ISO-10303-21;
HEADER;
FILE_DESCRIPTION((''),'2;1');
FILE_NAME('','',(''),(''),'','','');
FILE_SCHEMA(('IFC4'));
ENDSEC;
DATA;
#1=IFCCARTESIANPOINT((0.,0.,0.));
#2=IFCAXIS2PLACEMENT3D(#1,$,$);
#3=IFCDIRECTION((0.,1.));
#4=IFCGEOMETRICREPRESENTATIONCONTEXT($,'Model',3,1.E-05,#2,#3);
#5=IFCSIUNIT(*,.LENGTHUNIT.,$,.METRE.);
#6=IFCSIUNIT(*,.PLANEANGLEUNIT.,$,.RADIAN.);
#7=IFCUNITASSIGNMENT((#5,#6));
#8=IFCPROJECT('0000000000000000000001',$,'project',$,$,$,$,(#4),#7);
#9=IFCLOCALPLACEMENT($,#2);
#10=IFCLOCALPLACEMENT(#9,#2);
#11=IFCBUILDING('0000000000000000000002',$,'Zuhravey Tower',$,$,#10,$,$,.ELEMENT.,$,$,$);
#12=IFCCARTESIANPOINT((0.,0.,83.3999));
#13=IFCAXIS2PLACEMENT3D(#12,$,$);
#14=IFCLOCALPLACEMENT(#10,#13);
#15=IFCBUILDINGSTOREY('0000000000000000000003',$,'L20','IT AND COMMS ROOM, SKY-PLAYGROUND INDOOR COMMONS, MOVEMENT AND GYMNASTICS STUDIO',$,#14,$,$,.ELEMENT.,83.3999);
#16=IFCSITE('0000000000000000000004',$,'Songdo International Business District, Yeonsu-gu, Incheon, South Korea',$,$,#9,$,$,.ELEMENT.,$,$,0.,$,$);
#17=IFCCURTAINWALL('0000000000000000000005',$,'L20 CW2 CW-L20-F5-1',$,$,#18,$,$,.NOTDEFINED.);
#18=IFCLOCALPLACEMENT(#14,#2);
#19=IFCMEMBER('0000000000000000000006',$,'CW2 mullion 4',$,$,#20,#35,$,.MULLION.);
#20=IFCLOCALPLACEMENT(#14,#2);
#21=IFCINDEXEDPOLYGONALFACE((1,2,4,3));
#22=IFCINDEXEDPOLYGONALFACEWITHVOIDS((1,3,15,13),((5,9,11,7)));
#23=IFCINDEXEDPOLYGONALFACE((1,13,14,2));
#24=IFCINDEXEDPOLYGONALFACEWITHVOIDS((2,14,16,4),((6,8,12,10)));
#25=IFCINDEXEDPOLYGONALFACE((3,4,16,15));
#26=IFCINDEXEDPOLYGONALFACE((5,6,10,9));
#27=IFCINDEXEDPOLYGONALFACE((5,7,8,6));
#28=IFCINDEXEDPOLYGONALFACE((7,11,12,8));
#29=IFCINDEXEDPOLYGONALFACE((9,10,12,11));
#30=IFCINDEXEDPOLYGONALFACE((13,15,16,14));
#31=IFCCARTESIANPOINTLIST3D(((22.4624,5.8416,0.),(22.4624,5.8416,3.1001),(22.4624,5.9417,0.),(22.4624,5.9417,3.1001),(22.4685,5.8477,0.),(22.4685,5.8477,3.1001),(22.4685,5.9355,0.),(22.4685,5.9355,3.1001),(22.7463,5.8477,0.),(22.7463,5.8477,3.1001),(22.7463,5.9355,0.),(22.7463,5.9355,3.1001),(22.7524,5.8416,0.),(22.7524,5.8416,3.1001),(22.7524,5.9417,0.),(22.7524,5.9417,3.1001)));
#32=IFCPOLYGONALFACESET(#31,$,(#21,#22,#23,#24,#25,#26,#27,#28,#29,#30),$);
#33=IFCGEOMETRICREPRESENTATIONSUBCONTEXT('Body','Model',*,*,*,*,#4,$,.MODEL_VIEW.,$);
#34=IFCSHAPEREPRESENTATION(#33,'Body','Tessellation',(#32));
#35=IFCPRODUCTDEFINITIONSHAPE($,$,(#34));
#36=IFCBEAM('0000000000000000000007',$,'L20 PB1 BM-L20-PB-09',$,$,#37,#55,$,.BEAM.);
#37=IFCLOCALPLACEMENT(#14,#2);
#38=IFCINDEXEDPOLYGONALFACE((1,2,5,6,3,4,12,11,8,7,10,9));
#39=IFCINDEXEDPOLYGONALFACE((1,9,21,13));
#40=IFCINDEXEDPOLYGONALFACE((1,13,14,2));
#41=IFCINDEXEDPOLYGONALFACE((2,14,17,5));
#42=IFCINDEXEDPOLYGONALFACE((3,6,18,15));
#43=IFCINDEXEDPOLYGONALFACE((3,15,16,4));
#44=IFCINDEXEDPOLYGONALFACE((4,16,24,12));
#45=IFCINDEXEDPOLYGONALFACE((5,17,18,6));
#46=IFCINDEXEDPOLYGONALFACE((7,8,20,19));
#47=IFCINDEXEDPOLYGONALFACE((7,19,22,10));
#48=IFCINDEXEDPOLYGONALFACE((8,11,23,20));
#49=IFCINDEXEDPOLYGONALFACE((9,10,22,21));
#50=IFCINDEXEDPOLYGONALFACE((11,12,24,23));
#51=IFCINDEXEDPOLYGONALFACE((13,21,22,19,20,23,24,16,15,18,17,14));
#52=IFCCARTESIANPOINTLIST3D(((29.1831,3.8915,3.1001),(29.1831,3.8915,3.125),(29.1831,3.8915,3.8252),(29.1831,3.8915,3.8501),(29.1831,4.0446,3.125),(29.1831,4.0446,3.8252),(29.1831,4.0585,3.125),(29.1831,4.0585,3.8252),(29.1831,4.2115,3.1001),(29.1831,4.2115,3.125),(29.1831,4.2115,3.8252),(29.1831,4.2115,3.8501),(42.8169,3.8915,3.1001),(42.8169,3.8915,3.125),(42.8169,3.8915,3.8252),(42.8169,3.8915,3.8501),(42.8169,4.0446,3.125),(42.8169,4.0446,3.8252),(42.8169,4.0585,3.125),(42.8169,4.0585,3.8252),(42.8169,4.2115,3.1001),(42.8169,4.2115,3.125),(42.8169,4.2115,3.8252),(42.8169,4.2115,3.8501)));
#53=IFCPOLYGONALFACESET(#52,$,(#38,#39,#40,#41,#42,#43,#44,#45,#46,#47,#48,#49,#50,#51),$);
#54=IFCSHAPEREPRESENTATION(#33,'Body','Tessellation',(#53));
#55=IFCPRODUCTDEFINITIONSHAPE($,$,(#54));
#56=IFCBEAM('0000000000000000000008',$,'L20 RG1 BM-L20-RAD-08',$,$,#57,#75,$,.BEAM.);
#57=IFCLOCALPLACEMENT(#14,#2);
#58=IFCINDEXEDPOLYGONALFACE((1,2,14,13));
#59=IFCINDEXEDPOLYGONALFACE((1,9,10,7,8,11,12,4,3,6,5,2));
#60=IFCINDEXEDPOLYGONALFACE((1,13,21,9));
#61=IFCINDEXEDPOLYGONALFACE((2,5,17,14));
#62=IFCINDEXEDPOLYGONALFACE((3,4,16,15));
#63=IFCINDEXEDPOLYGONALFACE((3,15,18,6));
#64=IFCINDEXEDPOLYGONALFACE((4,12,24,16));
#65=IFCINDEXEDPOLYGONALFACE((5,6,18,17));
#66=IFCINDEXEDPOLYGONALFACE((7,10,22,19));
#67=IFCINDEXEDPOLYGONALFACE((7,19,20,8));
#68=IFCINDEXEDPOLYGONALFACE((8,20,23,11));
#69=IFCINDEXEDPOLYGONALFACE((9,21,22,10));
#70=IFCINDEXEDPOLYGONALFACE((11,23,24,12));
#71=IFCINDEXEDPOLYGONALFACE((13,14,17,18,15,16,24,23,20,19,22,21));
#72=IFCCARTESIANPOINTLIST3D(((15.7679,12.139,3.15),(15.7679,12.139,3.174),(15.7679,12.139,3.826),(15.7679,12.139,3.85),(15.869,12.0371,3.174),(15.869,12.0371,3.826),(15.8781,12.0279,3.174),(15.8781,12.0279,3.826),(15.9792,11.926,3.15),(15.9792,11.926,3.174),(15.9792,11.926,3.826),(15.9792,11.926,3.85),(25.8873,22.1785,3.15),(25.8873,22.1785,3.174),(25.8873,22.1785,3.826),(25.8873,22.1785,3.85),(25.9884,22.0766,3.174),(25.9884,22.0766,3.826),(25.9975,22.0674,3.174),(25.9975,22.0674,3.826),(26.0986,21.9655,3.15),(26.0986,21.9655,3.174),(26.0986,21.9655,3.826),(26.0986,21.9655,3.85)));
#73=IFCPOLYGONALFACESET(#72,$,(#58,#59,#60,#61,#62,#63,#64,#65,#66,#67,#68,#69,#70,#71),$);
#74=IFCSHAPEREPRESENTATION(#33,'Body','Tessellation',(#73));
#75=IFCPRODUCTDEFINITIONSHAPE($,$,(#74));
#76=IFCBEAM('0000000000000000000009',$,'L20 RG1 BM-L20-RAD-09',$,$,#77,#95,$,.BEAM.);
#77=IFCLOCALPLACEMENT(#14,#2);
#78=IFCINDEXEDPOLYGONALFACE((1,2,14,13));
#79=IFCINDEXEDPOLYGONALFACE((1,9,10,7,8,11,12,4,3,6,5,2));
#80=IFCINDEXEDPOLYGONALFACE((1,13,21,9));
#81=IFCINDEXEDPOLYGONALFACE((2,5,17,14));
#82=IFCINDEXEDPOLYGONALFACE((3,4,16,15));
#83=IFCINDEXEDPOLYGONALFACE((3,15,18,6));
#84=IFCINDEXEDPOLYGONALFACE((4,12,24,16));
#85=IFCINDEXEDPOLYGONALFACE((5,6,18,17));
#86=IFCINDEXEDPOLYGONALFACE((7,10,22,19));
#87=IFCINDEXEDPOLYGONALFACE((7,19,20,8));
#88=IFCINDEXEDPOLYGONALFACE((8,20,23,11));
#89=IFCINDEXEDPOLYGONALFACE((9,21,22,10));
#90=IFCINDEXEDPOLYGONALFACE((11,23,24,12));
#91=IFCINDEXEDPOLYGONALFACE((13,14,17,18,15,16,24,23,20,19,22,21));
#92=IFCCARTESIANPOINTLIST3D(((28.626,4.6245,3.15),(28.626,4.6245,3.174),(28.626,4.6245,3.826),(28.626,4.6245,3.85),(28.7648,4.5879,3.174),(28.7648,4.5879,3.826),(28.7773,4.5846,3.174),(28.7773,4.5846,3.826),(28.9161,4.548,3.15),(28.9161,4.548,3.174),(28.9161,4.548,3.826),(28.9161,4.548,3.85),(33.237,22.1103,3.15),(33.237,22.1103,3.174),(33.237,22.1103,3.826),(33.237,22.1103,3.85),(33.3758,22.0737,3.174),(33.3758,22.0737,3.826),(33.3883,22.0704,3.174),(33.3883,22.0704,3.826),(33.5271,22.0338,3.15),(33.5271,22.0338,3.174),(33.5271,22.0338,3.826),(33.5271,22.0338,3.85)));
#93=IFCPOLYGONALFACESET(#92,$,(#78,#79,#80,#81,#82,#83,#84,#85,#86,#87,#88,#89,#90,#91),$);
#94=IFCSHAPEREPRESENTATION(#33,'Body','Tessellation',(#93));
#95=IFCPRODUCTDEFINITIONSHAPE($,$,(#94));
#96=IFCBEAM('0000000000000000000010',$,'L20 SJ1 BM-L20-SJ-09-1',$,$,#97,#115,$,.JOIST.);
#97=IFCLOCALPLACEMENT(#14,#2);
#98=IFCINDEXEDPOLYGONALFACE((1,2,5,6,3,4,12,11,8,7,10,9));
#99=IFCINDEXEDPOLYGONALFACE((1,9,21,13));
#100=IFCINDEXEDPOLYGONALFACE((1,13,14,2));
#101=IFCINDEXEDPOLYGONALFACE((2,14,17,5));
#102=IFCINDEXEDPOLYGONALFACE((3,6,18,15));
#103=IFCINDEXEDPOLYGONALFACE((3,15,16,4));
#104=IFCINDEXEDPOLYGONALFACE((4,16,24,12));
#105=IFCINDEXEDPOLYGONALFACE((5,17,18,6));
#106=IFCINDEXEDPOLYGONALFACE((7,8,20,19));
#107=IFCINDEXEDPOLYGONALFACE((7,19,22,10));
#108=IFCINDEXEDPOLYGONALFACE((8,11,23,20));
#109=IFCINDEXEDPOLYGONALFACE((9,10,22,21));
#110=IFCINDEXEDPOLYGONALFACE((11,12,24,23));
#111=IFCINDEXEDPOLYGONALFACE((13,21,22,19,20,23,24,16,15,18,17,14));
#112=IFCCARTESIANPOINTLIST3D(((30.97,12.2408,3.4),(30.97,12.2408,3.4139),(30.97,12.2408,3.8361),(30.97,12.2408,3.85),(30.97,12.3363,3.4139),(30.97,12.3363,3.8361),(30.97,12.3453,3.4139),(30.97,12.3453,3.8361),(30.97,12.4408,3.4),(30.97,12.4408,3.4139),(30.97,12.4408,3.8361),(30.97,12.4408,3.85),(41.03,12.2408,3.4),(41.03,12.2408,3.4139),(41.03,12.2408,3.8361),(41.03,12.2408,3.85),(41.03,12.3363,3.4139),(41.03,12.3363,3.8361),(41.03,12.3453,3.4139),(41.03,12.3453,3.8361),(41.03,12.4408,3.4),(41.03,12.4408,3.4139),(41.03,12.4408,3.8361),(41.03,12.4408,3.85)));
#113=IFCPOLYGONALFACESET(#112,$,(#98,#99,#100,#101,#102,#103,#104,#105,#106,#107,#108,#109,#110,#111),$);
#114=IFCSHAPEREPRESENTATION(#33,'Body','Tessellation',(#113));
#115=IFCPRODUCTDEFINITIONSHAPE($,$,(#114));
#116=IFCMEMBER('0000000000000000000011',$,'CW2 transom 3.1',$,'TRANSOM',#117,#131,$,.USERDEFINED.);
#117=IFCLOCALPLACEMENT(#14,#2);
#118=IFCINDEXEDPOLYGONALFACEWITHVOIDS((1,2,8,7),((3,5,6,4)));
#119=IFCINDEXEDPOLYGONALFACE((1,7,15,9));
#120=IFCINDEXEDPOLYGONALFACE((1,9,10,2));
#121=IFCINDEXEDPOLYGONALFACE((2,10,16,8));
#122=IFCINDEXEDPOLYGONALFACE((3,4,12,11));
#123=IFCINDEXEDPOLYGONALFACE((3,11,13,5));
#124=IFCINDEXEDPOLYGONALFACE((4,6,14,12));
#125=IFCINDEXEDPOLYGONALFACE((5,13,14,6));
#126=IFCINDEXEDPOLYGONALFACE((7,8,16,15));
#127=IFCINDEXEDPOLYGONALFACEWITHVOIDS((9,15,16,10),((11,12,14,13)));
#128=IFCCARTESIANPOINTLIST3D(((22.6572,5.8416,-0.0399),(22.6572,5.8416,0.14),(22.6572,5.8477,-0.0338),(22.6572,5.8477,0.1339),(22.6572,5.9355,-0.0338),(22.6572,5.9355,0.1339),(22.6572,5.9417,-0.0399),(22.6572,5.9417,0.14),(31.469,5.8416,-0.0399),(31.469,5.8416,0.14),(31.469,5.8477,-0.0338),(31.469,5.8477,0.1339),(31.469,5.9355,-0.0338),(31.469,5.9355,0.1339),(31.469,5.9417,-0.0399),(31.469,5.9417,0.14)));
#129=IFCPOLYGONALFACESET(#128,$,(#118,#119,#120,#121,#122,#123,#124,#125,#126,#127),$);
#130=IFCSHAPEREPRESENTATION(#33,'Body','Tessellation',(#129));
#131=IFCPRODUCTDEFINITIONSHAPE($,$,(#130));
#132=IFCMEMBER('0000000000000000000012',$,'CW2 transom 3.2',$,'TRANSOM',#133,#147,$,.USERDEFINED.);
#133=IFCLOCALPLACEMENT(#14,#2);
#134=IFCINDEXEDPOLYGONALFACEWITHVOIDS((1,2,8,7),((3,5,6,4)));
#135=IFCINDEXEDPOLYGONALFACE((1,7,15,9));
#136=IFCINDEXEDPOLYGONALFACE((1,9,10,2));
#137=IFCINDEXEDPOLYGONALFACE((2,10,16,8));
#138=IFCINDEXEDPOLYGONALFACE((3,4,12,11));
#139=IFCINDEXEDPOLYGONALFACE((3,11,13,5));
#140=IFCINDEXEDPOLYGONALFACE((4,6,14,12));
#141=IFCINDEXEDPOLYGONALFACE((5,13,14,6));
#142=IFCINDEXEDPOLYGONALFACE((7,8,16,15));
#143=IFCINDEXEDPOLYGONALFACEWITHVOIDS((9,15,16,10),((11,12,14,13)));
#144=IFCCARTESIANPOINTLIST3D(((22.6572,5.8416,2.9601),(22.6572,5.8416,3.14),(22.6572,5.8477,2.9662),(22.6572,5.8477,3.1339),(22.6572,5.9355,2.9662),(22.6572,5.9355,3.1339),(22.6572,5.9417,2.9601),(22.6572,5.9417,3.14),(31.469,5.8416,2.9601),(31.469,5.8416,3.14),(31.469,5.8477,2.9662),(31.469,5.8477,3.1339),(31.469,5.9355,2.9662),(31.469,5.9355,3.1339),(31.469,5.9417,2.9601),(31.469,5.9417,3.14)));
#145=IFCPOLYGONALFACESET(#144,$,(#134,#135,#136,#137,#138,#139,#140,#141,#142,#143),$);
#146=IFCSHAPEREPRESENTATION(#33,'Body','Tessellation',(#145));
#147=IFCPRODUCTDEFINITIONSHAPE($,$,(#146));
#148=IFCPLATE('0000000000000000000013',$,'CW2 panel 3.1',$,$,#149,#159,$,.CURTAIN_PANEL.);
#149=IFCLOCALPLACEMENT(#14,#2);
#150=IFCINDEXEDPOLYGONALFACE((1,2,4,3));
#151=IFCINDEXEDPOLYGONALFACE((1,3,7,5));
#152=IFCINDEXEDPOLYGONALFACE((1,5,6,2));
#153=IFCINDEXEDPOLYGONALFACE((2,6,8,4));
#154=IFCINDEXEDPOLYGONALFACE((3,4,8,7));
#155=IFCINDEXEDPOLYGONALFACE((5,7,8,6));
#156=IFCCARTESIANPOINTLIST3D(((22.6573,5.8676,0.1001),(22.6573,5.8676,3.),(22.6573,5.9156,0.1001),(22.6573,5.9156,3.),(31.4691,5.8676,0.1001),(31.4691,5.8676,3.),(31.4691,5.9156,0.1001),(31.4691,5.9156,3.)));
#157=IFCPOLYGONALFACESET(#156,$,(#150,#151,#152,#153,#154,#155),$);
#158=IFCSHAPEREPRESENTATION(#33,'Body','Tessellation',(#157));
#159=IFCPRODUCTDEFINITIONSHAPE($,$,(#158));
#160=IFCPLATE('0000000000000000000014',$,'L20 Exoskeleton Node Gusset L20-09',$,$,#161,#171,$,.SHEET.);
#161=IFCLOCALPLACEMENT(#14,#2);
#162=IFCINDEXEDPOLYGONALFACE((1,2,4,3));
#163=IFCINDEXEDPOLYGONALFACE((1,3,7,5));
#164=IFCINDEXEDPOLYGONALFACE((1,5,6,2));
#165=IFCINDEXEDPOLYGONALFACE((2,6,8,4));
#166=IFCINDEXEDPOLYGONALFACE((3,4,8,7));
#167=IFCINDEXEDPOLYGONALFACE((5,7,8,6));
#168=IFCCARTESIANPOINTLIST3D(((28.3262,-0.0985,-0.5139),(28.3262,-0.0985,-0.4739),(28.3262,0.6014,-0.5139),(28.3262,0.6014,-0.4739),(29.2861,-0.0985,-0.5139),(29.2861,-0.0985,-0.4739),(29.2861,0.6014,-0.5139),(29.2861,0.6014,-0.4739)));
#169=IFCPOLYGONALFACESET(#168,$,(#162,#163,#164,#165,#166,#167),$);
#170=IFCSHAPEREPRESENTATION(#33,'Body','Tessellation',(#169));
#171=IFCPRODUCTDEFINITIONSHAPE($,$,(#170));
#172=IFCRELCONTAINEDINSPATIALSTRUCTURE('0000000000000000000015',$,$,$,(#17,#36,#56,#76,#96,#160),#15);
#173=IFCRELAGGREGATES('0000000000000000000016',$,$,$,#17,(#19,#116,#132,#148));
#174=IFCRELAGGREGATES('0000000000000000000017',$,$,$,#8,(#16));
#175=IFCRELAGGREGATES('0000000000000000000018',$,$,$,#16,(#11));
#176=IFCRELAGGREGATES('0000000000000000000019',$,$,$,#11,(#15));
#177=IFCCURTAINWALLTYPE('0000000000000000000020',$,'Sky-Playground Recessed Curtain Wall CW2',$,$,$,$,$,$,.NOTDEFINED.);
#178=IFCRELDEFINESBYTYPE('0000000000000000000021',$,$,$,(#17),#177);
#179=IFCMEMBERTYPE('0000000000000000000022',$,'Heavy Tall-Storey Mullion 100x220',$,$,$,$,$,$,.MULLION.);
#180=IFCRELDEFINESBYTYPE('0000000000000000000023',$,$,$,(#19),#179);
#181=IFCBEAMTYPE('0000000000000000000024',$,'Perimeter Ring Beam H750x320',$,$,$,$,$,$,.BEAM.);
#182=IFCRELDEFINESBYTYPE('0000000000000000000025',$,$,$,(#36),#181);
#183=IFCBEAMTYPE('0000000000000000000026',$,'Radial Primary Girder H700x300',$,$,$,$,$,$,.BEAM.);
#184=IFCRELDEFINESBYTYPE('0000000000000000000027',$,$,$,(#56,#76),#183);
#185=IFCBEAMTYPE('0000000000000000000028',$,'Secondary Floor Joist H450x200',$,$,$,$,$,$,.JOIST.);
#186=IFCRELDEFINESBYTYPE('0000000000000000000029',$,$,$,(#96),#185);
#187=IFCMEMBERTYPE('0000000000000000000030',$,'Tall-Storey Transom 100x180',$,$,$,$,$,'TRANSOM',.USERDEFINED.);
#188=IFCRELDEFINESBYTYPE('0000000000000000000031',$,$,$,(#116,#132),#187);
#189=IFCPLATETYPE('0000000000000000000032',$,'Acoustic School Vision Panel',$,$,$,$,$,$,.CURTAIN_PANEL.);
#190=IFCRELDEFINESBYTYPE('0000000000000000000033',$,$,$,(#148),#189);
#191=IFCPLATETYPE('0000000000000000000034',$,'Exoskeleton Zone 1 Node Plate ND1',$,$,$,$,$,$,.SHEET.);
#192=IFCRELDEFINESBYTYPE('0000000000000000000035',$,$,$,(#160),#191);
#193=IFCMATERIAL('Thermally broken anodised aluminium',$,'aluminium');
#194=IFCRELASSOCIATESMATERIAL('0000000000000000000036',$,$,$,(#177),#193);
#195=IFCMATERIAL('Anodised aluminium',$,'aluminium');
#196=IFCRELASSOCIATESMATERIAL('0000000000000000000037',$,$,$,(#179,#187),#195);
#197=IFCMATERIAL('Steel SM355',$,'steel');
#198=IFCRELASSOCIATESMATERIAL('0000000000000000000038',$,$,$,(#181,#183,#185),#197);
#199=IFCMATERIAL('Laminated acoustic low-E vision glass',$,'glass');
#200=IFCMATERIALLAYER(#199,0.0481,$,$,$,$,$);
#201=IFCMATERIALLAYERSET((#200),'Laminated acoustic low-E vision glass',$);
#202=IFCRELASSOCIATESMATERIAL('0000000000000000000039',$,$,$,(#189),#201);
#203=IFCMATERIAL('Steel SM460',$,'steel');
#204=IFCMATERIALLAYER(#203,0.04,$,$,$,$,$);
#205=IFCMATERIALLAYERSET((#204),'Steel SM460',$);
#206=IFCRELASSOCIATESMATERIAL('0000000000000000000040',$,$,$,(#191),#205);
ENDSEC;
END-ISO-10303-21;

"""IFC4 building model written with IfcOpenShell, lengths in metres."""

from ifc_helpers import new_model, si_unit, direction, frame, origin, origin_2d, place, context, subcontext, project, spatial, rectangle, hollow_rectangle, i_section, extrude, material, layer, layer_set, material_profile, profile_set, type_object, element, aggregate, save


model = new_model("IFC4")

# Units and contexts
model_context = context("Model", 3, precision=1e-05, world=origin(), true_north=direction((0.0, 1.0)))
body_context = subcontext(model_context, "Body", "Model", "MODEL_VIEW")
ifc_project = project(units=[si_unit("LENGTHUNIT", "METRE"), si_unit("PLANEANGLEUNIT", "RADIAN")], contexts=[model_context])

# Site, building, storey
site_placement = place(None, origin())
site = spatial("IfcSite", under=ifc_project, at=site_placement, Name="Songdo International Business District, Yeonsu-gu, Incheon, South Korea", CompositionType="ELEMENT", RefElevation=0.0)
building_placement = place(site_placement, origin())
building = spatial("IfcBuilding", under=site, at=building_placement, Name="Zuhravey Tower", CompositionType="ELEMENT")
storey_placement = place(building_placement, frame((0.0, 0.0, 83.3999)))
storey = spatial("IfcBuildingStorey", under=building, at=storey_placement, Name="L20", Description="IT AND COMMS ROOM, SKY-PLAYGROUND INDOOR COMMONS, MOVEMENT AND GYMNASTICS STUDIO", CompositionType="ELEMENT", Elevation=83.3999)

# Shared definitions
ifc_material_1 = material(Name="Steel SM460", Category="steel")

# Curtain wall, member
ifc_material_2 = material(Name="Thermally broken anodised aluminium", Category="aluminium")
curtain_wall_type = type_object("IfcCurtainWallType", Name="Sky-Playground Recessed Curtain Wall CW2", PredefinedType="NOTDEFINED", material=ifc_material_2)
curtain_wall_placement = place(storey_placement, origin())
curtain_wall = element("IfcCurtainWall", 1, at=curtain_wall_placement, inside=storey, type_object=curtain_wall_type, Name="L20 CW2 CW-L20-F5-1", PredefinedType="NOTDEFINED")
ifc_material_3 = material(Name="Anodised aluminium", Category="aluminium")
ifc_material_profile_1 = material_profile(ifc_material_3, hollow_rectangle(XDim=0.1001, YDim=0.29, WallThickness=0.0061, at=origin_2d()), Name="ALU-RHS-100x290x6")
ifc_profile_set_1 = profile_set([ifc_material_profile_1], Name="Anodised aluminium")
member_type_1 = type_object("IfcMemberType", Name="Heavy Tall-Storey Mullion 100x220", PredefinedType="MULLION", material=ifc_profile_set_1)
member_1_placement = place(storey_placement, frame((22.6074, 5.8916, 0.0), z_axis=(0.0, 0.0, 1.0), x_axis=(0.0, -1.0, 0.0)))
member_1 = element("IfcMember", 2, at=member_1_placement, type_object=member_type_1, Name="CW2 mullion 4", PredefinedType="MULLION", context=body_context, shape_type="SweptSolid", body=[
    extrude(hollow_rectangle(XDim=0.1001, YDim=0.29, WallThickness=0.0061, at=origin_2d()), origin(), (0.0, 0.0, 1.0), 3.1001),
])

# Beams
ifc_material_4 = material(Name="Steel SM355", Category="steel")
ifc_material_profile_2 = material_profile(ifc_material_4, i_section(OverallWidth=0.3201, OverallDepth=0.75, WebThickness=0.0139, FlangeThickness=0.0249, at=origin_2d()), Name="H-750x320x14x25")
ifc_profile_set_2 = profile_set([ifc_material_profile_2], Name="Steel SM355")
beam_type_1 = type_object("IfcBeamType", Name="Perimeter Ring Beam H750x320", PredefinedType="BEAM", material=ifc_profile_set_2)
beam_1_placement = place(storey_placement, frame((29.1831, 4.0515, 3.4751), z_axis=(1.0, 0.0, 0.0), x_axis=(0.0, 1.0, 0.0)))
element("IfcBeam", 3, at=beam_1_placement, inside=storey, type_object=beam_type_1, Name="L20 PB1 BM-L20-PB-09", PredefinedType="BEAM", context=body_context, shape_type="SweptSolid", body=[
    extrude(i_section(OverallWidth=0.3201, OverallDepth=0.75, WebThickness=0.0139, FlangeThickness=0.0249, at=origin_2d()), origin(), (0.0, 0.0, 1.0), 13.6338),
])
ifc_material_profile_3 = material_profile(ifc_material_4, i_section(OverallWidth=0.3, OverallDepth=0.7, WebThickness=0.0129, FlangeThickness=0.0239, at=origin_2d()), Name="H-700x300x13x24")
ifc_profile_set_3 = profile_set([ifc_material_profile_3], Name="Steel SM355")
beam_type_2 = type_object("IfcBeamType", Name="Radial Primary Girder H700x300", PredefinedType="BEAM", material=ifc_profile_set_3)
beam_2_placement = place(storey_placement, frame((25.9929, 22.072, 3.5), z_axis=(-0.709902, -0.704301, 0.0), x_axis=(0.704301, -0.709902, 0.0)))
element("IfcBeam", 4, at=beam_2_placement, inside=storey, type_object=beam_type_2, Name="L20 RG1 BM-L20-RAD-08", PredefinedType="BEAM", context=body_context, shape_type="SweptSolid", body=[
    extrude(i_section(OverallWidth=0.3, OverallDepth=0.7, WebThickness=0.0129, FlangeThickness=0.0239, at=origin_2d()), origin(), (0.0, 0.0, 1.0), 14.2546),
])
beam_3_placement = place(storey_placement, frame((33.3821, 22.072, 3.5), z_axis=(-0.254987, -0.966944, 0.0), x_axis=(0.966944, -0.254987, 0.0)))
element("IfcBeam", 5, at=beam_3_placement, inside=storey, type_object=beam_type_2, Name="L20 RG1 BM-L20-RAD-09", PredefinedType="BEAM", context=body_context, shape_type="SweptSolid", body=[
    extrude(i_section(OverallWidth=0.3, OverallDepth=0.7, WebThickness=0.0129, FlangeThickness=0.0239, at=origin_2d()), origin(), (0.0, 0.0, 1.0), 18.0835),
])
ifc_material_profile_4 = material_profile(ifc_material_4, i_section(OverallWidth=0.2, OverallDepth=0.45, WebThickness=0.009, FlangeThickness=0.0139, at=origin_2d()), Name="H-450x200x9x14")
ifc_profile_set_4 = profile_set([ifc_material_profile_4], Name="Steel SM355")
beam_type_3 = type_object("IfcBeamType", Name="Secondary Floor Joist H450x200", PredefinedType="JOIST", material=ifc_profile_set_4)
beam_4_placement = place(storey_placement, frame((30.97, 12.3408, 3.625), z_axis=(1.0, 0.0, 0.0), x_axis=(0.0, 1.0, 0.0)))
element("IfcBeam", 6, at=beam_4_placement, inside=storey, type_object=beam_type_3, Name="L20 SJ1 BM-L20-SJ-09-1", PredefinedType="JOIST", context=body_context, shape_type="SweptSolid", body=[
    extrude(i_section(OverallWidth=0.2, OverallDepth=0.45, WebThickness=0.009, FlangeThickness=0.0139, at=origin_2d()), origin(), (0.0, 0.0, 1.0), 10.0601),
])

# Members
ifc_material_profile_5 = material_profile(ifc_material_3, hollow_rectangle(XDim=0.1001, YDim=0.1799, WallThickness=0.0061, at=origin_2d()), Name="ALU-RHS-100x180x6")
ifc_profile_set_5 = profile_set([ifc_material_profile_5], Name="Anodised aluminium")
member_type_2 = type_object("IfcMemberType", Name="Tall-Storey Transom 100x180", ElementType="TRANSOM", PredefinedType="USERDEFINED", material=ifc_profile_set_5)
member_2_placement = place(storey_placement, frame((31.469, 5.8916, 0.05), z_axis=(-1.0, 0.0, 0.0), x_axis=(0.0, -1.0, 0.0)))
member_2 = element("IfcMember", 7, at=member_2_placement, type_object=member_type_2, Name="CW2 transom 3.1", ObjectType="TRANSOM", PredefinedType="USERDEFINED", context=body_context, shape_type="SweptSolid", body=[
    extrude(hollow_rectangle(XDim=0.1001, YDim=0.1799, WallThickness=0.0061, at=origin_2d()), origin(), (0.0, 0.0, 1.0), 8.8118),
])
member_3_placement = place(storey_placement, frame((31.469, 5.8916, 3.05), z_axis=(-1.0, 0.0, 0.0), x_axis=(0.0, -1.0, 0.0)))
member_3 = element("IfcMember", 8, at=member_3_placement, type_object=member_type_2, Name="CW2 transom 3.2", ObjectType="TRANSOM", PredefinedType="USERDEFINED", context=body_context, shape_type="SweptSolid", body=[
    extrude(hollow_rectangle(XDim=0.1001, YDim=0.1799, WallThickness=0.0061, at=origin_2d()), origin(), (0.0, 0.0, 1.0), 8.8118),
])

# Plates
ifc_material_5 = material(Name="Laminated acoustic low-E vision glass", Category="glass")
ifc_layer_1 = layer(ifc_material_5, 0.0481)
ifc_layer_set_1 = layer_set([ifc_layer_1], Name="Laminated acoustic low-E vision glass")
plate_type_1 = type_object("IfcPlateType", Name="Acoustic School Vision Panel", PredefinedType="CURTAIN_PANEL", material=ifc_layer_set_1)
plate_1_placement = place(storey_placement, frame((27.0632, 5.8916, 0.1001), z_axis=(0.0, 0.0, 1.0), x_axis=(-1.0, 0.0, 0.0)))
plate_1 = element("IfcPlate", 9, at=plate_1_placement, type_object=plate_type_1, Name="CW2 panel 3.1", PredefinedType="CURTAIN_PANEL", context=body_context, shape_type="SweptSolid", body=[
    extrude(rectangle(XDim=8.8118, YDim=0.0481, at=origin_2d()), origin(), (0.0, 0.0, 1.0), 2.8999),
])
aggregate(curtain_wall, [member_1, member_2, member_3, plate_1])
ifc_layer_2 = layer(ifc_material_1, 0.04)
ifc_layer_set_2 = layer_set([ifc_layer_2], Name="Steel SM460")
plate_type_2 = type_object("IfcPlateType", Name="Exoskeleton Zone 1 Node Plate ND1", PredefinedType="SHEET", material=ifc_layer_set_2)
plate_2_placement = place(storey_placement, frame((28.8062, 0.2515, -0.5139), z_axis=(0.0, 0.0, 1.0), x_axis=(1.0, 0.0, 0.0)))
element("IfcPlate", 10, at=plate_2_placement, inside=storey, type_object=plate_type_2, Name="L20 Exoskeleton Node Gusset L20-09", PredefinedType="SHEET", context=body_context, shape_type="SweptSolid", body=[
    extrude(rectangle(XDim=0.96, YDim=0.7, at=origin_2d()), origin(), (0.0, 0.0, 1.0), 0.04),
])

save(model, "model.ifc")
